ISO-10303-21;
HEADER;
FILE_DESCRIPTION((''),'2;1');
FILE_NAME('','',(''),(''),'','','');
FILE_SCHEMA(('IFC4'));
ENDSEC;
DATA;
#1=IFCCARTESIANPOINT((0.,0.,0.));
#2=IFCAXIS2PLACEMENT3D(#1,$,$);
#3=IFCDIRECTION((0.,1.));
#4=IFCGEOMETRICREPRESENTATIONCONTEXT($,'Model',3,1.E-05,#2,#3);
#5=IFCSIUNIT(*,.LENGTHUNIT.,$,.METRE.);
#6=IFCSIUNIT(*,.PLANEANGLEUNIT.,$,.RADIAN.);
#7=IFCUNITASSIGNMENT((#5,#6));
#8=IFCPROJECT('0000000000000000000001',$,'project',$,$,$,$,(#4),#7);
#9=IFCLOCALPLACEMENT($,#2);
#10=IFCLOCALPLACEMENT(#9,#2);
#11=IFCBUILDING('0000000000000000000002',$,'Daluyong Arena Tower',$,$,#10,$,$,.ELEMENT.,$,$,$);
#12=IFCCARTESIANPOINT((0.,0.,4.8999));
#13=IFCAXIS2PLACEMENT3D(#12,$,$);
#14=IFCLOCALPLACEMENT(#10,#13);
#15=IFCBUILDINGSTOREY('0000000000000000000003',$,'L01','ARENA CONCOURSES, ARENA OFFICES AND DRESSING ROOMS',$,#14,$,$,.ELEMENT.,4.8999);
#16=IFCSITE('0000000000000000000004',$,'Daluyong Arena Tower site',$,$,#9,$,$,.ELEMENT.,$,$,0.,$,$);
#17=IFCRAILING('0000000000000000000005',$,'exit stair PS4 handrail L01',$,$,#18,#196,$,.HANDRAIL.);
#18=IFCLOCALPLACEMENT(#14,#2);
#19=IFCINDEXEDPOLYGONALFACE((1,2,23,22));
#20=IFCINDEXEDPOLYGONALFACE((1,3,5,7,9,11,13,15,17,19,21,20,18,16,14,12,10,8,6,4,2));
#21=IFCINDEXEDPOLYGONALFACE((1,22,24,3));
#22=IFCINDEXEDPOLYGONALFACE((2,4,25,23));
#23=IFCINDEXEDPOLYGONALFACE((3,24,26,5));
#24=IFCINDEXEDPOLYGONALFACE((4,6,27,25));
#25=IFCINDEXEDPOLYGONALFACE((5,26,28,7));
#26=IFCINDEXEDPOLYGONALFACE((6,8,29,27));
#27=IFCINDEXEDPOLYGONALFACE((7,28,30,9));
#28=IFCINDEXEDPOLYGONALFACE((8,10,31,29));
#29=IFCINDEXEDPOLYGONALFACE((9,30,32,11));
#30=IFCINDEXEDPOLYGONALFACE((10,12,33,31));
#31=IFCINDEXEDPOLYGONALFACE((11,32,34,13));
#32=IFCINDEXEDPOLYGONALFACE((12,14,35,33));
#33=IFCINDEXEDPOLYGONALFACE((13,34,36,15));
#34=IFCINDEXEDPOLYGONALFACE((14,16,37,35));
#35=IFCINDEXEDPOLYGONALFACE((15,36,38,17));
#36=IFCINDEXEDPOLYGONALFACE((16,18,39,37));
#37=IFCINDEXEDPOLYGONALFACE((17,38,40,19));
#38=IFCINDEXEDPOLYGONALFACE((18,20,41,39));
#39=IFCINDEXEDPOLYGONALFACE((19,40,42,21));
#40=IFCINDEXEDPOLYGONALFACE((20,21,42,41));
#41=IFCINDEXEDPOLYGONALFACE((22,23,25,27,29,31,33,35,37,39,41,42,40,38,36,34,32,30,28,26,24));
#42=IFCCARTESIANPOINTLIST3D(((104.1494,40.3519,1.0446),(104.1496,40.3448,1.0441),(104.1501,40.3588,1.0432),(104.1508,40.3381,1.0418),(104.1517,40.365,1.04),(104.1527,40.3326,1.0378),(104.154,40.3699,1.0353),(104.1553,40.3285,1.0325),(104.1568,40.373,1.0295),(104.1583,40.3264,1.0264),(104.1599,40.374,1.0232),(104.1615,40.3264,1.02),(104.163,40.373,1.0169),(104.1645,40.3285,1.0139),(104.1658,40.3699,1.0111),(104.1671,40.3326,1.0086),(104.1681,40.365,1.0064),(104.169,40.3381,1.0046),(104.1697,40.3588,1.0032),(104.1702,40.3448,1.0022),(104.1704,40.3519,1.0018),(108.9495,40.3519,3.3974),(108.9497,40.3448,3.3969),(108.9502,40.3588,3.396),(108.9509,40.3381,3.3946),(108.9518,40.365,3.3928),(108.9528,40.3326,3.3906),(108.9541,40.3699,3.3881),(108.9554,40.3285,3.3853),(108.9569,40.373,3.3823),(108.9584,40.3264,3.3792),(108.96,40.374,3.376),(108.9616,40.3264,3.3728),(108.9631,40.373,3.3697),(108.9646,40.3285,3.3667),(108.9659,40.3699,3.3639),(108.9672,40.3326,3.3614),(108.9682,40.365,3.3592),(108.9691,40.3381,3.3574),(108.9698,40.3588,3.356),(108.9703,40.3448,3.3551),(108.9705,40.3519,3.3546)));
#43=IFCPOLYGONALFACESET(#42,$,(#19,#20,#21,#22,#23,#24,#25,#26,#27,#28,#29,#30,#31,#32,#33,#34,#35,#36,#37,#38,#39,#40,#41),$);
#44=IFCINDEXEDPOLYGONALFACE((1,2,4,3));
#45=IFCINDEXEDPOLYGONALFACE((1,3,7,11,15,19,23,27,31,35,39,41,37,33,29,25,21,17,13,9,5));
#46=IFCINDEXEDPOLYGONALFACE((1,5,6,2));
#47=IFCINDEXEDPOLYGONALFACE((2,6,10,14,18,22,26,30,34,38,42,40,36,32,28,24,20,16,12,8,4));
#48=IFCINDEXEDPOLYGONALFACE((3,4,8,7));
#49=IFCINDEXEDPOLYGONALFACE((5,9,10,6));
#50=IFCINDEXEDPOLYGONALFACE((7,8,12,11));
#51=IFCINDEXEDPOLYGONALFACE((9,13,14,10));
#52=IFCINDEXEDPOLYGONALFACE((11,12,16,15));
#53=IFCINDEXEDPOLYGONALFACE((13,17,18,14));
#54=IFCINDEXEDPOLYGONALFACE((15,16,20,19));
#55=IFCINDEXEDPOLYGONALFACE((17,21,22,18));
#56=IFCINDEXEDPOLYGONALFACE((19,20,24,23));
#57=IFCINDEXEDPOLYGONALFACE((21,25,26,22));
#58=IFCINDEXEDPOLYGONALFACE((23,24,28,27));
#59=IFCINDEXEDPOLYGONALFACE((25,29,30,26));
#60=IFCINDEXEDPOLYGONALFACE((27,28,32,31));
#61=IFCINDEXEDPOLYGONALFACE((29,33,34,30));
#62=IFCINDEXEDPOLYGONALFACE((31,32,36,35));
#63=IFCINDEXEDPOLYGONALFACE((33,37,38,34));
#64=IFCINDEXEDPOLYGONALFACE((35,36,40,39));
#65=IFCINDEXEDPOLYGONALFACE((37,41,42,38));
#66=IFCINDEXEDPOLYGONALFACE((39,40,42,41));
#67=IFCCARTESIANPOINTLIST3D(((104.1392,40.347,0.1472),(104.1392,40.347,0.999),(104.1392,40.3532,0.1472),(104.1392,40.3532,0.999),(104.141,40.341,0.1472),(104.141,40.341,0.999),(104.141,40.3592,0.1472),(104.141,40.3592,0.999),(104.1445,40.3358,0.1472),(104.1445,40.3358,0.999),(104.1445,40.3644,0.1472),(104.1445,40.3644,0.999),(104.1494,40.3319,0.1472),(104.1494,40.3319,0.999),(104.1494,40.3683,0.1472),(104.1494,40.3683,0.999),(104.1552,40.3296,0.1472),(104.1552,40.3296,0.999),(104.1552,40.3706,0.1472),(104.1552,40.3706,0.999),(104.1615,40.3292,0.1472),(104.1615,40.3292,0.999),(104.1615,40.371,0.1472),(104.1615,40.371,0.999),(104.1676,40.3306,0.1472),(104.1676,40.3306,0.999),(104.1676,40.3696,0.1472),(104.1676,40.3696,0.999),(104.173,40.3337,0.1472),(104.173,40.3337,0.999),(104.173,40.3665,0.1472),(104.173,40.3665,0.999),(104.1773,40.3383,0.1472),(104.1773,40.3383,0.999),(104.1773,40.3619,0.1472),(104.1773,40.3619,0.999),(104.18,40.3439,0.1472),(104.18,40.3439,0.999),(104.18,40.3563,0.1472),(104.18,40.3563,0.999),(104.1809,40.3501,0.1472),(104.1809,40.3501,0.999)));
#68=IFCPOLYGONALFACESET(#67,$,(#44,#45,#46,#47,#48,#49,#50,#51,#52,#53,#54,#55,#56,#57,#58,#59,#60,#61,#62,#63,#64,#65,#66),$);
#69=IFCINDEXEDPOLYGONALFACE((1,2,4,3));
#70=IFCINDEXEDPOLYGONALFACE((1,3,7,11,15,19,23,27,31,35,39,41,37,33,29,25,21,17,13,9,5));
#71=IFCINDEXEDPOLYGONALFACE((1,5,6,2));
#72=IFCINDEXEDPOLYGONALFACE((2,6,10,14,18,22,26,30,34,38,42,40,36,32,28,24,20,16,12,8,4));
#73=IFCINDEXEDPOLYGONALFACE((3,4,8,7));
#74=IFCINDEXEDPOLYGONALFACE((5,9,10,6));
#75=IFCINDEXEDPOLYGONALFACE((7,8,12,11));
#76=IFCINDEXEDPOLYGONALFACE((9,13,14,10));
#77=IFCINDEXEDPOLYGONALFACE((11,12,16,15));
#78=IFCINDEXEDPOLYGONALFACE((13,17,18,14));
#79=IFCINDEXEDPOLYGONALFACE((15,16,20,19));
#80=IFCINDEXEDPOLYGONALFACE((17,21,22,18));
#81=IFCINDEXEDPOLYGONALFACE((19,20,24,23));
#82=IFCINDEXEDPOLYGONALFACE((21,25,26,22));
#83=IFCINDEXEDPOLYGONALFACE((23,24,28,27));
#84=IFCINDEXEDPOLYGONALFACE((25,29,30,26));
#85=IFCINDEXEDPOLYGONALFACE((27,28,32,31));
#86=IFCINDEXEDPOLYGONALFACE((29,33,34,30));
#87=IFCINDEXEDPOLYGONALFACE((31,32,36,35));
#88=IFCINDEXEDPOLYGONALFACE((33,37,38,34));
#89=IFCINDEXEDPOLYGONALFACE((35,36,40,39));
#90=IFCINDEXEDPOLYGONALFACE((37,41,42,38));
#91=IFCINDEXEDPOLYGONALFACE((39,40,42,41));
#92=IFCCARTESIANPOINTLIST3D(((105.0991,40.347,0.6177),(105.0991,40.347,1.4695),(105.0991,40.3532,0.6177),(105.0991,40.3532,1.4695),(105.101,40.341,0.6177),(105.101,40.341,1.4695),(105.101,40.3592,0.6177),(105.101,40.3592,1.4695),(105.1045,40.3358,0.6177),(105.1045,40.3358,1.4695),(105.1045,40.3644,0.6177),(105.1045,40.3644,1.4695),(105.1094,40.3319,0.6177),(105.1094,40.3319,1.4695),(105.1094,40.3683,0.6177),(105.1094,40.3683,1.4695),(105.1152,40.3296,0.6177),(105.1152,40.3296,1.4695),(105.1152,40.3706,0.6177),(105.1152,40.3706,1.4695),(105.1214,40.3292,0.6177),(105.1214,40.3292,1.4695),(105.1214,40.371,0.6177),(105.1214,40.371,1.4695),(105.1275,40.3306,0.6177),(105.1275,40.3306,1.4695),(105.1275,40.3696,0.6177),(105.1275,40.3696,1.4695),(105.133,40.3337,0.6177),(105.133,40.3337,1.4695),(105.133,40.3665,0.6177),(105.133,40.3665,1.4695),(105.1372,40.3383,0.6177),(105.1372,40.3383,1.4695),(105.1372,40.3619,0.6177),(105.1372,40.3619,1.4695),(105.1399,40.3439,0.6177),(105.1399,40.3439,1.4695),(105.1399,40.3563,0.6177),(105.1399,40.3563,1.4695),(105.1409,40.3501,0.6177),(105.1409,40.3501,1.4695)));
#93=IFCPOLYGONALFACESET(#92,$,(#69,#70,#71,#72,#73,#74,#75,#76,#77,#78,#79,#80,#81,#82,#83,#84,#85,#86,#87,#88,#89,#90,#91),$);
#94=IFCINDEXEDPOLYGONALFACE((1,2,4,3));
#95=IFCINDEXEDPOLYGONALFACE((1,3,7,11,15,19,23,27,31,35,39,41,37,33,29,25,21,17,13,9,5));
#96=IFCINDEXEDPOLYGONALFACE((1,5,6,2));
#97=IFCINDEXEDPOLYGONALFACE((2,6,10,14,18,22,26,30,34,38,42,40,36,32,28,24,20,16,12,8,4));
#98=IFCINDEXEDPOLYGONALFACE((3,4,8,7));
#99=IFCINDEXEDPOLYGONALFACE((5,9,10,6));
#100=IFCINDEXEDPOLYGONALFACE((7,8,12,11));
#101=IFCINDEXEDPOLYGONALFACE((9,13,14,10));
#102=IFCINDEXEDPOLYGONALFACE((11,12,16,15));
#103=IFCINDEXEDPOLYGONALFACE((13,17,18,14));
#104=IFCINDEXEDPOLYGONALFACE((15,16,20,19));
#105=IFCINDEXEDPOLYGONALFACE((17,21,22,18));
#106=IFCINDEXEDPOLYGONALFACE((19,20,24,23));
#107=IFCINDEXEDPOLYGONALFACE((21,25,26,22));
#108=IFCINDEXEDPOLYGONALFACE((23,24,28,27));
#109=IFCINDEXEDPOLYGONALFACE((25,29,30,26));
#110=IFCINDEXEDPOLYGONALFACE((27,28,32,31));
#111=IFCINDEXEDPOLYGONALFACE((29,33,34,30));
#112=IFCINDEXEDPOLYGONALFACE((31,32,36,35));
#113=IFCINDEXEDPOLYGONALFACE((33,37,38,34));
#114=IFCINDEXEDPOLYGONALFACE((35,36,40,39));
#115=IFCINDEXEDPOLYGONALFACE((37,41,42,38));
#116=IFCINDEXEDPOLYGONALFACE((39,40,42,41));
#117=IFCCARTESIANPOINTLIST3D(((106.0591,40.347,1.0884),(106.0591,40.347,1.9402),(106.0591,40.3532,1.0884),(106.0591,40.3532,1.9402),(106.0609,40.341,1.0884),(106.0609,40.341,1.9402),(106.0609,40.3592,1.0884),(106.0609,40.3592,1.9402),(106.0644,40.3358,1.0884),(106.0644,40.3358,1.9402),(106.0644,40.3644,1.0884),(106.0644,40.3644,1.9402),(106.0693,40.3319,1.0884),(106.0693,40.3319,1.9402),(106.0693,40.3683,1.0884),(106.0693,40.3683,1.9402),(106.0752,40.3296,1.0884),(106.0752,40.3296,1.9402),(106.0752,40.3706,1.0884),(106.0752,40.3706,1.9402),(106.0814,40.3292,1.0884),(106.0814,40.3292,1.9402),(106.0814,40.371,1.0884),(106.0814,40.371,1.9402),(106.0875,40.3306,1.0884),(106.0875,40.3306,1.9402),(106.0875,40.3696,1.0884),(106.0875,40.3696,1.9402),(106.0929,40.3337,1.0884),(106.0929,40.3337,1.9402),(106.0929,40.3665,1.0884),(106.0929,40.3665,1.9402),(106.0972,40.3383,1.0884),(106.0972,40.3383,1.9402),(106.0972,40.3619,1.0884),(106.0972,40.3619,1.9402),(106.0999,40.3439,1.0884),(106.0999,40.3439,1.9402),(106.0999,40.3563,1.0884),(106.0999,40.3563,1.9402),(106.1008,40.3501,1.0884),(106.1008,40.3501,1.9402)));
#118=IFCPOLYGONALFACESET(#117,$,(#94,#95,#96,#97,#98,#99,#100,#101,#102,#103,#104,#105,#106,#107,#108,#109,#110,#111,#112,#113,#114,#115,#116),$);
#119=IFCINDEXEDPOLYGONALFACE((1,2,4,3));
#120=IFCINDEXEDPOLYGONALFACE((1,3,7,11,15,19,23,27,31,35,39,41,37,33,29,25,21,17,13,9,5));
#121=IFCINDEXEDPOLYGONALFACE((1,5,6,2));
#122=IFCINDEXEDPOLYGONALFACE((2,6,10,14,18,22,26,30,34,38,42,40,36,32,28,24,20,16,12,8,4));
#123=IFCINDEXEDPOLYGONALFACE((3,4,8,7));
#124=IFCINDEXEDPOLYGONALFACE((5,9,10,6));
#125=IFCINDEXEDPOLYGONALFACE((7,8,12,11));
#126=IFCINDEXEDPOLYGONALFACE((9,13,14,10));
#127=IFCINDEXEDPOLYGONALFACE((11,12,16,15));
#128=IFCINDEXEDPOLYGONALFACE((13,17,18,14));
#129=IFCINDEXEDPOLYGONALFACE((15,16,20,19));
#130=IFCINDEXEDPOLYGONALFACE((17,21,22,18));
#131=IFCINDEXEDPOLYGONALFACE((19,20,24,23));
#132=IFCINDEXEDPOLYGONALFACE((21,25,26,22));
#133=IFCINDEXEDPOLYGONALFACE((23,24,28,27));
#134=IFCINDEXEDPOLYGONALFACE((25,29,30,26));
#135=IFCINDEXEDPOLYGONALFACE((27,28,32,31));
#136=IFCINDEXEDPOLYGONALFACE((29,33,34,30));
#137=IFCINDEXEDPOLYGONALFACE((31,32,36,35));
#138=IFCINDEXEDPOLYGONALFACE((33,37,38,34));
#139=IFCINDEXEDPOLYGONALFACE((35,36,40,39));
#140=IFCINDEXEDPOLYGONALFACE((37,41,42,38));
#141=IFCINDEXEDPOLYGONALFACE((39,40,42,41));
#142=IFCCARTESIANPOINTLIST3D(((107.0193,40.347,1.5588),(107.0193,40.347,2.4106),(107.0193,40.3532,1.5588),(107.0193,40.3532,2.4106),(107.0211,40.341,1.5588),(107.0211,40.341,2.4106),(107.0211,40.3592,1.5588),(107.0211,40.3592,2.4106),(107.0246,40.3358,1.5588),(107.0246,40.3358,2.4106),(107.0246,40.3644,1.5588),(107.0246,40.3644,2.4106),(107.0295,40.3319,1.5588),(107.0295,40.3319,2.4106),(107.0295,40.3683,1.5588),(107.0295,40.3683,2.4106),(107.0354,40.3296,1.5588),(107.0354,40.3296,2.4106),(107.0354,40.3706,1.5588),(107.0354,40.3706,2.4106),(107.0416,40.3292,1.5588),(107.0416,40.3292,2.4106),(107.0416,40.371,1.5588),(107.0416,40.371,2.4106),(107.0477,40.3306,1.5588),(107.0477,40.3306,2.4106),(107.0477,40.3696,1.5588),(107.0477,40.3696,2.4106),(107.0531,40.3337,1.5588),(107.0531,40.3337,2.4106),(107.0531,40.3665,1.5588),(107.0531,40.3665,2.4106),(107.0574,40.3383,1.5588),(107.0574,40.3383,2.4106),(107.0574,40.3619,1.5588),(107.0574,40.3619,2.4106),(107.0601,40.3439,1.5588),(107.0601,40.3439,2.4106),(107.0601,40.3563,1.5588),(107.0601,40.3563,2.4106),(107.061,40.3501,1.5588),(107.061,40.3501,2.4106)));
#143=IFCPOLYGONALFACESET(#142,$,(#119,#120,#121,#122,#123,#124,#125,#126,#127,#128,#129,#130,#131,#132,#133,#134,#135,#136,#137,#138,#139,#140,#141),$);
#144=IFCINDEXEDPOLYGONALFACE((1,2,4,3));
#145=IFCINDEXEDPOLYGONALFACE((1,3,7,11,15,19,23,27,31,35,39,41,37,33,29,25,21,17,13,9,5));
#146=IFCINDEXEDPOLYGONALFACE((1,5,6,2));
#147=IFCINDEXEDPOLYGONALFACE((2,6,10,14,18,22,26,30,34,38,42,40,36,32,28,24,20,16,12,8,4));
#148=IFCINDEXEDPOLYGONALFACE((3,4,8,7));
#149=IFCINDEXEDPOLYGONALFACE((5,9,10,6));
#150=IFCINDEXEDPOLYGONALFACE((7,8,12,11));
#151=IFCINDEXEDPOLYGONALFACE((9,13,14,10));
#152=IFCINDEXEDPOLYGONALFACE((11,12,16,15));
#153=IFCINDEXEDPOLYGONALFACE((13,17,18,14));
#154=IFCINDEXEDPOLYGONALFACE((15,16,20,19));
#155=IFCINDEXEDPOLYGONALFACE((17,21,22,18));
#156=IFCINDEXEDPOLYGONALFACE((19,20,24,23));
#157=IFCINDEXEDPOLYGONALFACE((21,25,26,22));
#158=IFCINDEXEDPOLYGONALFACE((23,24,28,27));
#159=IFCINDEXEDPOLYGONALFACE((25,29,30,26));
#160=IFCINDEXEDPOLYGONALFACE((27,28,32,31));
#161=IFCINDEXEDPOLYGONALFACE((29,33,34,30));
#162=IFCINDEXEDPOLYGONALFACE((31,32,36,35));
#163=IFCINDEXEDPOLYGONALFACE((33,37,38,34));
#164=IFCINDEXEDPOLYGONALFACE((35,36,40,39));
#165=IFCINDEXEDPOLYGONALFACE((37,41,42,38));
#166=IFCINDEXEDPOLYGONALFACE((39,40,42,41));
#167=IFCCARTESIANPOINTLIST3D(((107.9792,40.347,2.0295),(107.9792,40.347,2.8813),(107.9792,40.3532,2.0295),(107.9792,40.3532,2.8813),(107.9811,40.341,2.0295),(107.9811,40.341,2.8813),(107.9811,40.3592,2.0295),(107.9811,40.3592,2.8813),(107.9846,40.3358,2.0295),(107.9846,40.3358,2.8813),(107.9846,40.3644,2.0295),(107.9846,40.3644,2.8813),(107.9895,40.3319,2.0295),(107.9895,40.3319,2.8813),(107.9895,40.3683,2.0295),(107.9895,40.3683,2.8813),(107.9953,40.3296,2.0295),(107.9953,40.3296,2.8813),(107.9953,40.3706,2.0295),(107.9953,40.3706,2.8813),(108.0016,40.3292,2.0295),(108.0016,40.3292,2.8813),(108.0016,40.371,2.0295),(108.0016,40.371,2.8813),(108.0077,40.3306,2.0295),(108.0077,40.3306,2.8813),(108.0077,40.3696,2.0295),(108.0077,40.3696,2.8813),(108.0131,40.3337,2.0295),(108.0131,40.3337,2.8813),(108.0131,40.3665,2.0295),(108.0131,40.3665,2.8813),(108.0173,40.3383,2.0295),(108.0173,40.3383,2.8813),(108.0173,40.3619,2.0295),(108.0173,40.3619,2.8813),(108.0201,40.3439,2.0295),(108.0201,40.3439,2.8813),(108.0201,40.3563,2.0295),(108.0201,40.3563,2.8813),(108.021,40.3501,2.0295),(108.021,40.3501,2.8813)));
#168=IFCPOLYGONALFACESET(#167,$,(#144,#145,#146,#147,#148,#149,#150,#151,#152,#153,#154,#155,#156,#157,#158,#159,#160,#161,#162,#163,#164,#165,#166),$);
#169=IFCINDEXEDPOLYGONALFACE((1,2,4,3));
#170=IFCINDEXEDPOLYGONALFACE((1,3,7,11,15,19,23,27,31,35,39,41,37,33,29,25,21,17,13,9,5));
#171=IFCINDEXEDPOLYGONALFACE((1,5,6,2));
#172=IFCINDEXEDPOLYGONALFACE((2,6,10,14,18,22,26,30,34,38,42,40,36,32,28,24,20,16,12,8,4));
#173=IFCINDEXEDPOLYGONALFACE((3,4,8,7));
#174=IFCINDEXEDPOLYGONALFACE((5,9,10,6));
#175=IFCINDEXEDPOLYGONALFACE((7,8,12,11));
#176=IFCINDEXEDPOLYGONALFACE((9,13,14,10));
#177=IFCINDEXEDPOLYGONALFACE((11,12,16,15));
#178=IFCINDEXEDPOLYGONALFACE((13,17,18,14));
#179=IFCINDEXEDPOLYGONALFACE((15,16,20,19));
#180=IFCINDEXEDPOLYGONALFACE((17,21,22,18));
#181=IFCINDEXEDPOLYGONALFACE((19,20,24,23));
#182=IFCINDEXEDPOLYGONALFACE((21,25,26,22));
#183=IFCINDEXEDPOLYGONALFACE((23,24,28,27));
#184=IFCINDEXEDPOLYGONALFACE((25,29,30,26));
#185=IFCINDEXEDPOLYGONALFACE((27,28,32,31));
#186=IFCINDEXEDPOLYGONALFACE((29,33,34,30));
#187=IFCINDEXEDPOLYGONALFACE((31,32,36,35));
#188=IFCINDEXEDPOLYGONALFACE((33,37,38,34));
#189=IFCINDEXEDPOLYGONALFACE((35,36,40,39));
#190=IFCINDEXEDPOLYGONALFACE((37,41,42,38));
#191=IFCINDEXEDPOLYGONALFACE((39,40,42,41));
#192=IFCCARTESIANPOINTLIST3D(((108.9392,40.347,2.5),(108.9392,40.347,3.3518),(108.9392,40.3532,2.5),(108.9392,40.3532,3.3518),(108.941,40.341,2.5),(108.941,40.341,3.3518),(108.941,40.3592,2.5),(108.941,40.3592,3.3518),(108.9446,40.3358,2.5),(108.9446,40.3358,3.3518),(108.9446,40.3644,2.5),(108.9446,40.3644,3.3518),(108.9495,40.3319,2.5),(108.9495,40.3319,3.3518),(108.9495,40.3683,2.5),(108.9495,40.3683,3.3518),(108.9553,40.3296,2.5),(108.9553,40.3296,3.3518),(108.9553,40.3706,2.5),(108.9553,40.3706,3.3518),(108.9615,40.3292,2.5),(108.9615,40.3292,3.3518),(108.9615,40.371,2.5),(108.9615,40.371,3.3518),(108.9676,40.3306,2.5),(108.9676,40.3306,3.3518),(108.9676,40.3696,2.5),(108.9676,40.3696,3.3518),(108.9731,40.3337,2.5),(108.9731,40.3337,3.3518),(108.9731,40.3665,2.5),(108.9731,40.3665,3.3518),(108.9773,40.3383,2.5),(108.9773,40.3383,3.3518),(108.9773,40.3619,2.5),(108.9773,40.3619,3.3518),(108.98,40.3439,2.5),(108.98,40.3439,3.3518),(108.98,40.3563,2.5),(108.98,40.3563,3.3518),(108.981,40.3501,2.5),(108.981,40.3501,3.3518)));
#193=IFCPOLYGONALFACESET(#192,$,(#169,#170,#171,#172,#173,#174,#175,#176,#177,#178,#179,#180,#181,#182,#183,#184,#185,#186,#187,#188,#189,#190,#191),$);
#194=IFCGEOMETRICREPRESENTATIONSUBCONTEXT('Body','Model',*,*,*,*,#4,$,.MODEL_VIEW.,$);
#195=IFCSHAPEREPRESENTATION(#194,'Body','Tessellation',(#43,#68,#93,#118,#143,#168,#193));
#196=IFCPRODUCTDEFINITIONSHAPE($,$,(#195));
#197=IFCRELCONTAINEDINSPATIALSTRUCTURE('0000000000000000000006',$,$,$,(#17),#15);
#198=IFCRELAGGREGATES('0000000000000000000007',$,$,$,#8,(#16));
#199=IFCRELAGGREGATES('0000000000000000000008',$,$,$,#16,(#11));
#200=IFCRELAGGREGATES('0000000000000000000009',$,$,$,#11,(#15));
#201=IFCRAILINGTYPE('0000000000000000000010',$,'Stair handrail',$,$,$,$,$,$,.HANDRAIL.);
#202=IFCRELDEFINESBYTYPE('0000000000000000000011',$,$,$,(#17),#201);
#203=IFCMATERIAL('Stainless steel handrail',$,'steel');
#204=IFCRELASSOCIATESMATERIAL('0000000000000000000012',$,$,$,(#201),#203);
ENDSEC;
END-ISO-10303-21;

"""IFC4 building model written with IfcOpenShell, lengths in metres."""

from ifc_helpers import new_model, si_unit, direction, frame, origin, origin_2d, place, context, subcontext, project, spatial, circle, extrude, material, type_object, element, save


model = new_model("IFC4")

# Units and contexts
model_context = context("Model", 3, precision=1e-05, world=origin(), true_north=direction((0.0, 1.0)))
body_context = subcontext(model_context, "Body", "Model", "MODEL_VIEW")
ifc_project = project(units=[si_unit("LENGTHUNIT", "METRE"), si_unit("PLANEANGLEUNIT", "RADIAN")], contexts=[model_context])

# Site, building, storey
site_placement = place(None, origin())
site = spatial("IfcSite", under=ifc_project, at=site_placement, Name="Daluyong Arena Tower site", CompositionType="ELEMENT", RefElevation=0.0)
building_placement = place(site_placement, origin())
building = spatial("IfcBuilding", under=site, at=building_placement, Name="Daluyong Arena Tower", CompositionType="ELEMENT")
storey_placement = place(building_placement, frame((0.0, 0.0, 4.8999)))
storey = spatial("IfcBuildingStorey", under=building, at=storey_placement, Name="L01", Description="ARENA CONCOURSES, ARENA OFFICES AND DRESSING ROOMS", CompositionType="ELEMENT", Elevation=4.8999)

# Railing
ifc_material_1 = material(Name="Stainless steel handrail", Category="steel")
railing_type_1 = type_object("IfcRailingType", Name="Stair handrail", PredefinedType="HANDRAIL", material=ifc_material_1)
railing_1_placement = place(storey_placement, frame((104.1599, 40.3501, 0.1472)))
element("IfcRailing", 1, at=railing_1_placement, inside=storey, type_object=railing_type_1, Name="exit stair PS4 handrail L01", PredefinedType="HANDRAIL", context=body_context, shape_type="SweptSolid", body=[
    extrude(circle(Radius=0.0239, at=origin_2d()), frame((0.0, 0.0, 0.876), z_axis=(0.897934, 0.0, 0.44013), x_axis=(0.0, 1.0, 0.0)), (0.0, 0.0, 1.0), 5.3457),
    extrude(circle(Radius=0.021, at=origin_2d()), origin(), (0.0, 0.0, 1.0), 0.8518),
    extrude(circle(Radius=0.021, at=origin_2d()), frame((0.96, 0.0, 0.4705)), (0.0, 0.0, 1.0), 0.8518),
    extrude(circle(Radius=0.021, at=origin_2d()), frame((1.9199, 0.0, 0.9412)), (0.0, 0.0, 1.0), 0.8518),
    extrude(circle(Radius=0.021, at=origin_2d()), frame((2.8801, 0.0, 1.4116)), (0.0, 0.0, 1.0), 0.8518),
    extrude(circle(Radius=0.021, at=origin_2d()), frame((3.8401, 0.0, 1.8823)), (0.0, 0.0, 1.0), 0.8518),
    extrude(circle(Radius=0.021, at=origin_2d()), frame((4.8, 0.0, 2.3528)), (0.0, 0.0, 1.0), 0.8518),
])

save(model, "model.ifc")
